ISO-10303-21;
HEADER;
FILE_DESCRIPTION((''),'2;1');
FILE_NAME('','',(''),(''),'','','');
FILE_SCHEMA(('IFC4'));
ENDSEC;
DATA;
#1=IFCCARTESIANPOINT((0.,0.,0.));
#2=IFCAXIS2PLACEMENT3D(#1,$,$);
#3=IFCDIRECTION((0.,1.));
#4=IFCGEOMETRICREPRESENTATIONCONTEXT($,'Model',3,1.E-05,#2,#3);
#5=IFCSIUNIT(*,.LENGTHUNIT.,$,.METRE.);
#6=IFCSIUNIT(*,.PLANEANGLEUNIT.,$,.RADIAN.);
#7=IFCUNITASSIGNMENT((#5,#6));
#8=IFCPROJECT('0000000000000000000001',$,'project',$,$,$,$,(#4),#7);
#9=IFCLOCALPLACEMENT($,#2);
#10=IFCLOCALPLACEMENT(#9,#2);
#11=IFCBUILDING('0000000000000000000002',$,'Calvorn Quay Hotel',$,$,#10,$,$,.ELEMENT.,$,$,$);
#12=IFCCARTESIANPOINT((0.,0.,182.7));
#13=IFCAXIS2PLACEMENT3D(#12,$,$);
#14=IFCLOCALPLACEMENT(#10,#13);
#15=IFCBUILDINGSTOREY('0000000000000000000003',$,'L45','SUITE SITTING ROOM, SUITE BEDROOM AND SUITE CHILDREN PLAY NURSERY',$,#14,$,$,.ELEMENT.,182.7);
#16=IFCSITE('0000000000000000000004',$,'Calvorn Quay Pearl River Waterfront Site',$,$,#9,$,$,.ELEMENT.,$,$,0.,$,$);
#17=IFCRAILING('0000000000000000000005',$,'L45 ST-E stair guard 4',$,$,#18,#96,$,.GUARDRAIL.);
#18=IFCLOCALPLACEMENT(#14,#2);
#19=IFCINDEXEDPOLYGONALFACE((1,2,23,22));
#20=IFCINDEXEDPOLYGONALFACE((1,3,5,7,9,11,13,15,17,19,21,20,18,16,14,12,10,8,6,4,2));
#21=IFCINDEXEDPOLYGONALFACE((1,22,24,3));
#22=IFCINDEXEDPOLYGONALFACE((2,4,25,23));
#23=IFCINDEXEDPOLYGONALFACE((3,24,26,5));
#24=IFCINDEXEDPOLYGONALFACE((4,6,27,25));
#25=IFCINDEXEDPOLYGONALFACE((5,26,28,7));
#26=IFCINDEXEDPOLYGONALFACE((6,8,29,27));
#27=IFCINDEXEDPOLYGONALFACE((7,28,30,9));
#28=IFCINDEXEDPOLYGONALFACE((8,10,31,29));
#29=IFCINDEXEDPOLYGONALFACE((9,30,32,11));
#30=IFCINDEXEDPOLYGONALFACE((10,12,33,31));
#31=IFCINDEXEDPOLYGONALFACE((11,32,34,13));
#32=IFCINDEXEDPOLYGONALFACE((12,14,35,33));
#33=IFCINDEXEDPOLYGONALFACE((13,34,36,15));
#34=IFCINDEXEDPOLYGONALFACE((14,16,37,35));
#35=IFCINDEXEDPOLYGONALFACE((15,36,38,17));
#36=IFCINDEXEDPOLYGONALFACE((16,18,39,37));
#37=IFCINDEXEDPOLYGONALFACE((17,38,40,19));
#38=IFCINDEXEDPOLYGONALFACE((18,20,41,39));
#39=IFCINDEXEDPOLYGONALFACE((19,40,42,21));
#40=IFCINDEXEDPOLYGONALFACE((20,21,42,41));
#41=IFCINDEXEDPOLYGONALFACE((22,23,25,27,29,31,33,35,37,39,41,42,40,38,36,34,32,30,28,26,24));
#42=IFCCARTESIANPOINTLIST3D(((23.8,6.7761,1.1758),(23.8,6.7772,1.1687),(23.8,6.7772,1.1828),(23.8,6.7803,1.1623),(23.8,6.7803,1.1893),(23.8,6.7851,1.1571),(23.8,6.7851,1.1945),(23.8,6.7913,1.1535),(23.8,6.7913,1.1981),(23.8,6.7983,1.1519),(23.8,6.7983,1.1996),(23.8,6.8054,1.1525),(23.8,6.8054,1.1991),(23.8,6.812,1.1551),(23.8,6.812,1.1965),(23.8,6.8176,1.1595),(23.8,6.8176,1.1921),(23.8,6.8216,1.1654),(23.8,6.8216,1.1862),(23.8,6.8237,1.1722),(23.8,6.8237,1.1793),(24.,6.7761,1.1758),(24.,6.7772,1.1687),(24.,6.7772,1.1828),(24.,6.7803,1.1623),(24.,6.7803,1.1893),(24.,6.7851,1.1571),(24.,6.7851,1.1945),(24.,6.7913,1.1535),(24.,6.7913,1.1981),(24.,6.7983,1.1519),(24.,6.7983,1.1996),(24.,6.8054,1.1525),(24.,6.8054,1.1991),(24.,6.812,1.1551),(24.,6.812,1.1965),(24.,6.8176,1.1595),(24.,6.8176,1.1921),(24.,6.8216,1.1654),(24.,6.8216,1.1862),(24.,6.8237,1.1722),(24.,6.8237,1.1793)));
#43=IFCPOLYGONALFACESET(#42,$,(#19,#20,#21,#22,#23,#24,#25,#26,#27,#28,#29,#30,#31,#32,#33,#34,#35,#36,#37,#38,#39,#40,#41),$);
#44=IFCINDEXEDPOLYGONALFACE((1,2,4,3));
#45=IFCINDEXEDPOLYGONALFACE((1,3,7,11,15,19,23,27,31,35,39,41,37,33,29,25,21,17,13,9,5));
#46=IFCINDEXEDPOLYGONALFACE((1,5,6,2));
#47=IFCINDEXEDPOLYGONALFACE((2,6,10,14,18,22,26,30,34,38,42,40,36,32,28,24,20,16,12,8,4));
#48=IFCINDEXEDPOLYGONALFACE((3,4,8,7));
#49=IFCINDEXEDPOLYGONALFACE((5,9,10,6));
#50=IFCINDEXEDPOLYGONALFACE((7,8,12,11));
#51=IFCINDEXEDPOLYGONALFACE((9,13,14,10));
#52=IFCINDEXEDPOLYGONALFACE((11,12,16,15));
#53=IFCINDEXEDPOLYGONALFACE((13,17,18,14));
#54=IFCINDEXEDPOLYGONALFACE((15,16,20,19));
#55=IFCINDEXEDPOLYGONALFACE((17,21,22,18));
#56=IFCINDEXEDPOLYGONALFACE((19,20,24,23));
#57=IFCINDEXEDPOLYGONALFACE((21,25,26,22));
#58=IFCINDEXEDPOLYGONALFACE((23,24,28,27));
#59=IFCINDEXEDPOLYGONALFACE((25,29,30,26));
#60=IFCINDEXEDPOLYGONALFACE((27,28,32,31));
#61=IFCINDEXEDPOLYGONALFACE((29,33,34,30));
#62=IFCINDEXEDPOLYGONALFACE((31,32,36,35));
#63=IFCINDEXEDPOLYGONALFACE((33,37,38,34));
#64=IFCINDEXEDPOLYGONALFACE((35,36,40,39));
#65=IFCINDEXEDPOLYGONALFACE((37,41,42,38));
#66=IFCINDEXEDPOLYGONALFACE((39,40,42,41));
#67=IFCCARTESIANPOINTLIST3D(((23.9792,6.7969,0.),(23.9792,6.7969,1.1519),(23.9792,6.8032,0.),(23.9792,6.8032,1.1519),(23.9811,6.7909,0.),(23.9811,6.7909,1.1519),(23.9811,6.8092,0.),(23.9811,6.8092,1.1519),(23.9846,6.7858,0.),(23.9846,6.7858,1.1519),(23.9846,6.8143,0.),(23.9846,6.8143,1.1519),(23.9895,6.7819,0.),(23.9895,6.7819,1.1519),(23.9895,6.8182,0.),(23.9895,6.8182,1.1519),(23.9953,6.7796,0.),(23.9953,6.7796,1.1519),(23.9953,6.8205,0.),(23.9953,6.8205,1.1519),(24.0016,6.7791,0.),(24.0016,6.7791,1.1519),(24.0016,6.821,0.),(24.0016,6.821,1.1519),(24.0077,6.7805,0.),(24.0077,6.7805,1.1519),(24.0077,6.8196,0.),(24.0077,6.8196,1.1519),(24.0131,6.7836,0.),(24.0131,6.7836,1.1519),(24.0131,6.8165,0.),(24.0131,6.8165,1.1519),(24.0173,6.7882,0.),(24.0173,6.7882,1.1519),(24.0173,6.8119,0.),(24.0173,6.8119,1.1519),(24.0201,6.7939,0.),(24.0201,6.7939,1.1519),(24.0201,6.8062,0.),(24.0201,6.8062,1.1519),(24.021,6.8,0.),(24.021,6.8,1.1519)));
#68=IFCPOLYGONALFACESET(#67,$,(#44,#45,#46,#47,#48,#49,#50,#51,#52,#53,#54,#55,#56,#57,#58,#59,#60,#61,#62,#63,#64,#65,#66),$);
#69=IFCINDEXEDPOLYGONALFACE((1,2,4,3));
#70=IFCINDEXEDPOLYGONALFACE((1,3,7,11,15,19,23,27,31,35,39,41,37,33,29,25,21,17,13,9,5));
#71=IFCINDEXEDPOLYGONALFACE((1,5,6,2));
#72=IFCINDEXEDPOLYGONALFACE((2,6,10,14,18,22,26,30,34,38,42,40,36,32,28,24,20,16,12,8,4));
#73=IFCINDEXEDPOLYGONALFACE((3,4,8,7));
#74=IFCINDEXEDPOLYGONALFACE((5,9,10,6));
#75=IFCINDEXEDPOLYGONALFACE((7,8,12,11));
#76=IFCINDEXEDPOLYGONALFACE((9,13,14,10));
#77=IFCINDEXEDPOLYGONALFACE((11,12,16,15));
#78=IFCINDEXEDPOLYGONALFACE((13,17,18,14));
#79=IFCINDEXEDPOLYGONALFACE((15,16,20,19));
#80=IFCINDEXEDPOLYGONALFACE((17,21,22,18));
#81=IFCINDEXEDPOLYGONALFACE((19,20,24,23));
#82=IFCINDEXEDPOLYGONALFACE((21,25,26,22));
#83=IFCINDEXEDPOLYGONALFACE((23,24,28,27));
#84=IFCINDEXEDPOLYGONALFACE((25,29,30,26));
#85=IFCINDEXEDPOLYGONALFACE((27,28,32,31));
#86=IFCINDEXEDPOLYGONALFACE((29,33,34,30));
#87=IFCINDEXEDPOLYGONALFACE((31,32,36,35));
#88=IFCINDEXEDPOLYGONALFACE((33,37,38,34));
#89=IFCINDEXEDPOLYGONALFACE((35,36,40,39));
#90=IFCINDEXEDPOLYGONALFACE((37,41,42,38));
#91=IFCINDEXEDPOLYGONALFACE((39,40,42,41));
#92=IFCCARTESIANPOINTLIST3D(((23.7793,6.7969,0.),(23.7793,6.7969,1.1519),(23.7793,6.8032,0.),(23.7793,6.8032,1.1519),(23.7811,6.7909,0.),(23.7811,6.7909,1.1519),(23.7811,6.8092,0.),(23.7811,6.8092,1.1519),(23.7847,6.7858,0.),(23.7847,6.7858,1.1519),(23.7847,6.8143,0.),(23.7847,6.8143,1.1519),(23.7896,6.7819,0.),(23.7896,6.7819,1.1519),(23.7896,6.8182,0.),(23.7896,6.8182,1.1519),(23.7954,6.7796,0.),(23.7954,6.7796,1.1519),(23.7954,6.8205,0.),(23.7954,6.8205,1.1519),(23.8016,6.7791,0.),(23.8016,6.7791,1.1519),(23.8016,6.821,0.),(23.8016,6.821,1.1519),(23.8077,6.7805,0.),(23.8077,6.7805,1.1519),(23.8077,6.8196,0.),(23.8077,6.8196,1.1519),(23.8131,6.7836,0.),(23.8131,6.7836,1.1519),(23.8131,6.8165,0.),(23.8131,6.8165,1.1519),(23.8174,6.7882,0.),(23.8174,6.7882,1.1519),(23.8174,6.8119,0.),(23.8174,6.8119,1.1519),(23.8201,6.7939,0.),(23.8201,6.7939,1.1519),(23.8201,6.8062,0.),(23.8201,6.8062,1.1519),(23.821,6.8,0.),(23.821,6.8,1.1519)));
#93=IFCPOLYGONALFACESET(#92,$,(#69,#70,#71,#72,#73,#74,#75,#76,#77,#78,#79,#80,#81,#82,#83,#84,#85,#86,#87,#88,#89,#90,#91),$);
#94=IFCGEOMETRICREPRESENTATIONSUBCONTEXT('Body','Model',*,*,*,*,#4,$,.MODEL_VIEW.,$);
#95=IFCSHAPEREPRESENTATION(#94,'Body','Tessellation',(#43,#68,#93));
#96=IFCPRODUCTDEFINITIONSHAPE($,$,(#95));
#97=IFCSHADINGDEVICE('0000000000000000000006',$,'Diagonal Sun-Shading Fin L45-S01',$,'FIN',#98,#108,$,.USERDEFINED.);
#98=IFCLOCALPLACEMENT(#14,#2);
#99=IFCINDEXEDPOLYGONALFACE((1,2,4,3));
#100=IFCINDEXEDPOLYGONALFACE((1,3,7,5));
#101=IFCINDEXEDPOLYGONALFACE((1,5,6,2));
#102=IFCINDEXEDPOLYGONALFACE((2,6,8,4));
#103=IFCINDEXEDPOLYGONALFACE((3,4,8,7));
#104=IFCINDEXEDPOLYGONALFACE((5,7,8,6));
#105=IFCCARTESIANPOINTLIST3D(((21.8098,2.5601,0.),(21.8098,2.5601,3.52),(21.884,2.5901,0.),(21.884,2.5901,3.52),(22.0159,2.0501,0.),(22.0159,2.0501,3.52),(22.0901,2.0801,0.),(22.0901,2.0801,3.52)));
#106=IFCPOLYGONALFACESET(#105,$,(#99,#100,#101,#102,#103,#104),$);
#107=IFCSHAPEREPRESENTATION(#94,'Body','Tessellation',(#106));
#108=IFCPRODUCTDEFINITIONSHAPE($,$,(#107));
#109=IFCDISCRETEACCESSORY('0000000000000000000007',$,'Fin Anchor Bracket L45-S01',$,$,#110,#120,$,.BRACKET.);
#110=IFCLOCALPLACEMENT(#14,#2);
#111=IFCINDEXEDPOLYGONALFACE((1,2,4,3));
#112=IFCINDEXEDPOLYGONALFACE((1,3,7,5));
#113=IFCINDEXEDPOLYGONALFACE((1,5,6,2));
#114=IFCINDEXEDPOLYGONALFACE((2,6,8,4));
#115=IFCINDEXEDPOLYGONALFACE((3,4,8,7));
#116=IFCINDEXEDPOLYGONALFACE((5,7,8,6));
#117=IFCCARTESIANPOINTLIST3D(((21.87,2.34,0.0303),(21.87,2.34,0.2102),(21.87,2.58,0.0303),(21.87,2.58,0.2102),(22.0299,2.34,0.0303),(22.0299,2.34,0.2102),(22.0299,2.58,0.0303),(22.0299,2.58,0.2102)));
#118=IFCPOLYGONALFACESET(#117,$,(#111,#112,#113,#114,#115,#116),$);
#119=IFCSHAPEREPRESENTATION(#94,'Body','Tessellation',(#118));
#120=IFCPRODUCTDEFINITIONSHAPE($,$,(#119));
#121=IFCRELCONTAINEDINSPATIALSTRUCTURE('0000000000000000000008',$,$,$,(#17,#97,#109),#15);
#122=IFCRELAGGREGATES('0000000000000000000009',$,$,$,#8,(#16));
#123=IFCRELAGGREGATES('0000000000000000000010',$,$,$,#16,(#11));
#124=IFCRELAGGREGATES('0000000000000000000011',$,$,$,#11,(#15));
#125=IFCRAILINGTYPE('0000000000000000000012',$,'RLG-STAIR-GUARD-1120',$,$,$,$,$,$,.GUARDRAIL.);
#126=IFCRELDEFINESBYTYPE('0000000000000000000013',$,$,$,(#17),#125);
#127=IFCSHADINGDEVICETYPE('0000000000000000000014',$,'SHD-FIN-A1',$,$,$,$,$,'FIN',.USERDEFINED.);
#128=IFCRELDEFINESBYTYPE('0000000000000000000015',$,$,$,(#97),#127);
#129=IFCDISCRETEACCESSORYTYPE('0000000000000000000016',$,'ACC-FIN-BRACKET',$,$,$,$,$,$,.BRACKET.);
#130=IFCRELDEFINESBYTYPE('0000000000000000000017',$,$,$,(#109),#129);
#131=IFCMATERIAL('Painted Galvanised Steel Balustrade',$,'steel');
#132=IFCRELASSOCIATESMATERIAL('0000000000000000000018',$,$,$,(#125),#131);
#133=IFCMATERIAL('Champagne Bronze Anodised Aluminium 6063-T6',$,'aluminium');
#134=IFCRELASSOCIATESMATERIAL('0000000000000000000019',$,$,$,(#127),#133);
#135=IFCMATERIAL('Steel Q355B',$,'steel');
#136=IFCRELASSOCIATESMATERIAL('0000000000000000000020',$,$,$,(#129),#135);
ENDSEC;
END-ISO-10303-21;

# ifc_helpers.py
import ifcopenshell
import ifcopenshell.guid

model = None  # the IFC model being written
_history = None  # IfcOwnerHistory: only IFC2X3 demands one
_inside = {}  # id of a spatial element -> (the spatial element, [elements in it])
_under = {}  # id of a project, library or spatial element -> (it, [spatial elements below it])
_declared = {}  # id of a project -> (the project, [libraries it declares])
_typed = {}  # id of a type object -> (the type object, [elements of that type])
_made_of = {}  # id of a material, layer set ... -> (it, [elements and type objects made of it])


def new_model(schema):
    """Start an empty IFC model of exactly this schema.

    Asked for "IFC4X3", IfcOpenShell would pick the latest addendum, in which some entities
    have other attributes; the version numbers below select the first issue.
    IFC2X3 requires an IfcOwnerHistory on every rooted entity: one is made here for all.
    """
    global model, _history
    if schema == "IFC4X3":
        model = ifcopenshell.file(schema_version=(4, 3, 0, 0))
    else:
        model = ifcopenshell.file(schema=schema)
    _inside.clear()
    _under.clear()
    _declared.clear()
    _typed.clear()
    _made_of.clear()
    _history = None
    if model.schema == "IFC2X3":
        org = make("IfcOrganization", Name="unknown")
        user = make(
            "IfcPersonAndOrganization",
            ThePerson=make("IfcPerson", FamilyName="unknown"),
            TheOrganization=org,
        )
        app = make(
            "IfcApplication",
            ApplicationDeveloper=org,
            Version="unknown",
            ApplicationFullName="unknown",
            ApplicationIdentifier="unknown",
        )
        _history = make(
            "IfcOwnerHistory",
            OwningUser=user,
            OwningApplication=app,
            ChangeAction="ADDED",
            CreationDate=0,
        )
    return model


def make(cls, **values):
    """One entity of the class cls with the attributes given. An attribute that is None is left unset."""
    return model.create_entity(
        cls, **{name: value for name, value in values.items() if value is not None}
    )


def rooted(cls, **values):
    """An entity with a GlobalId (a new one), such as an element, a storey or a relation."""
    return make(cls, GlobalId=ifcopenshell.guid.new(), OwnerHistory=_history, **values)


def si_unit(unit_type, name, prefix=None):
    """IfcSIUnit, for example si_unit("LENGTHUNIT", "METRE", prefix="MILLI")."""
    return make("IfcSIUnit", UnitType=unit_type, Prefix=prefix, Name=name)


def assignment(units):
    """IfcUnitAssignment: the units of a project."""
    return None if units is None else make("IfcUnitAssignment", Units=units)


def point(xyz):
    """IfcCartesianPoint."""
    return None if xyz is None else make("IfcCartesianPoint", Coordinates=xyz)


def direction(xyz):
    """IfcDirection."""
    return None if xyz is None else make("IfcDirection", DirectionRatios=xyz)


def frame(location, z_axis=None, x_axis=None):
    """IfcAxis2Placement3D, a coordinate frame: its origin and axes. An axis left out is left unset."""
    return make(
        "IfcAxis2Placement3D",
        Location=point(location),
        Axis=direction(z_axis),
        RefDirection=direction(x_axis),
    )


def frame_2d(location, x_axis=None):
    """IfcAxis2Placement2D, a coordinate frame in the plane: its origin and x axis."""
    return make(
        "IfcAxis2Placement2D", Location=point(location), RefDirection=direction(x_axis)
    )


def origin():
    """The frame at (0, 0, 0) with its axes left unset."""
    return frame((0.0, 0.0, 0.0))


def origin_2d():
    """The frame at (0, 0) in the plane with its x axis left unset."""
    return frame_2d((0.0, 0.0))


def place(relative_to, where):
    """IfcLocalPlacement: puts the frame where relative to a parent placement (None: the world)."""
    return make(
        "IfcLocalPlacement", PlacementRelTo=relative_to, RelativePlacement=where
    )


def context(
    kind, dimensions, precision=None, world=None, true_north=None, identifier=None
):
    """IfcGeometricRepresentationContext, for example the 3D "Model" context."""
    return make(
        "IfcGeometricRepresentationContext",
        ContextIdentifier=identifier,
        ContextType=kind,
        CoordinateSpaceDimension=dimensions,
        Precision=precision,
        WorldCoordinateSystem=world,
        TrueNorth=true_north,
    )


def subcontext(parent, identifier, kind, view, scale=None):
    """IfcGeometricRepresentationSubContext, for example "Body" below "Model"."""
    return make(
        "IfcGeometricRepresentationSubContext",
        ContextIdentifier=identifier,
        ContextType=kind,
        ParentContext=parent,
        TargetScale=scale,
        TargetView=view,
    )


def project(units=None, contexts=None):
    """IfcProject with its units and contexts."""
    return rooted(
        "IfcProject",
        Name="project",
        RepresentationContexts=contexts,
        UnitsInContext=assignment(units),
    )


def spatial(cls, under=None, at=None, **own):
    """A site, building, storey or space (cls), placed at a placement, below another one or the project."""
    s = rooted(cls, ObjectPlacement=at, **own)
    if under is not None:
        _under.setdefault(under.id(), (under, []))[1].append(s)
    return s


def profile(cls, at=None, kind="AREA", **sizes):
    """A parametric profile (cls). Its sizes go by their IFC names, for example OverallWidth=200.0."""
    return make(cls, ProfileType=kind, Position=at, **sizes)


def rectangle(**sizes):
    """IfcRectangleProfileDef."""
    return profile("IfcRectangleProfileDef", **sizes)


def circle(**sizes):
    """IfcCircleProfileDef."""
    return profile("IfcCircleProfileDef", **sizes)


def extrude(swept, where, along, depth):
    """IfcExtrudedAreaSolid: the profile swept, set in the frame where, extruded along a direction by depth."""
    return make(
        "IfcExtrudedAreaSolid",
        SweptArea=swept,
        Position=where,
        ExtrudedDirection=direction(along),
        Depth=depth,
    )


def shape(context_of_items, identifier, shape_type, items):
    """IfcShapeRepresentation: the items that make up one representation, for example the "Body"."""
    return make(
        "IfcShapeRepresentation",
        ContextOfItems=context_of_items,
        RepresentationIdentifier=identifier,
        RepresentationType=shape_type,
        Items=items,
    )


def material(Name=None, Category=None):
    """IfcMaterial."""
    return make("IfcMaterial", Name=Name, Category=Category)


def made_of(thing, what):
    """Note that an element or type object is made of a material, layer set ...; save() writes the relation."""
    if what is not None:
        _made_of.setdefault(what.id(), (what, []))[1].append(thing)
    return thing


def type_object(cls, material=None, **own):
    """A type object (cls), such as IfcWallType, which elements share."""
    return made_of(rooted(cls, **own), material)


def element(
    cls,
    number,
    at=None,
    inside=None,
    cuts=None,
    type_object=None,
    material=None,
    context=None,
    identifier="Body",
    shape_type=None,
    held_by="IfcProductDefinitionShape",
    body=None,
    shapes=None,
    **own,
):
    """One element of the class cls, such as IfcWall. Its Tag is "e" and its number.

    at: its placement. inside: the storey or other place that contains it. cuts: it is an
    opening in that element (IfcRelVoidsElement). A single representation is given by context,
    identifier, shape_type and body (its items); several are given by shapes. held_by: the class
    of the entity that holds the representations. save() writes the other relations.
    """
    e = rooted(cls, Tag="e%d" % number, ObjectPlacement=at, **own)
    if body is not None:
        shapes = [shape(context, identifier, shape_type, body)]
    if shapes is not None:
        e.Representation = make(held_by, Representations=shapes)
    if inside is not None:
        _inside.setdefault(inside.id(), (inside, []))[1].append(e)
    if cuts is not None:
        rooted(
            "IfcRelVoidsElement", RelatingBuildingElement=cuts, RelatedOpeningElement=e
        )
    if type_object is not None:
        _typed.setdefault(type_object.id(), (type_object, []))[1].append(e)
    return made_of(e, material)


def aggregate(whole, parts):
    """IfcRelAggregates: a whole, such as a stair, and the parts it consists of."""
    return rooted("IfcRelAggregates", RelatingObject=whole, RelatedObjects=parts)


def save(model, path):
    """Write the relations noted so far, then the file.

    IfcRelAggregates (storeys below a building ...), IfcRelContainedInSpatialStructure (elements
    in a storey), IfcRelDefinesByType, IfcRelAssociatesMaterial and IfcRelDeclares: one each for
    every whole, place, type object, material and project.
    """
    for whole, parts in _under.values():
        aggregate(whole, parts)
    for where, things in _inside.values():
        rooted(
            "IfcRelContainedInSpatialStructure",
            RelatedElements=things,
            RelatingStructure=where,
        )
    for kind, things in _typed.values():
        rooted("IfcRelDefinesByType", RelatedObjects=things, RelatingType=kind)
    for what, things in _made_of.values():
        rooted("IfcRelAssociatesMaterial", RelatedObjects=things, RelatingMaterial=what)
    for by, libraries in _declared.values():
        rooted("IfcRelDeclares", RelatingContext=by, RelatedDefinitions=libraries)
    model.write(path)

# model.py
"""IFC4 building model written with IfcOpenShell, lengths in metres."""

from ifc_helpers import new_model, si_unit, direction, frame, origin, origin_2d, place, context, subcontext, project, spatial, rectangle, circle, extrude, material, type_object, element, save


model = new_model("IFC4")

# Units and contexts
model_context = context("Model", 3, precision=1e-05, world=origin(), true_north=direction((0.0, 1.0)))
body_context = subcontext(model_context, "Body", "Model", "MODEL_VIEW")
ifc_project = project(units=[si_unit("LENGTHUNIT", "METRE"), si_unit("PLANEANGLEUNIT", "RADIAN")], contexts=[model_context])

# Site, building, storey
site_placement = place(None, origin())
site = spatial("IfcSite", under=ifc_project, at=site_placement, Name="Calvorn Quay Pearl River Waterfront Site", CompositionType="ELEMENT", RefElevation=0.0)
building_placement = place(site_placement, origin())
building = spatial("IfcBuilding", under=site, at=building_placement, Name="Calvorn Quay Hotel", CompositionType="ELEMENT")
storey_placement = place(building_placement, frame((0.0, 0.0, 182.7)))
storey = spatial("IfcBuildingStorey", under=building, at=storey_placement, Name="L45", Description="SUITE SITTING ROOM, SUITE BEDROOM AND SUITE CHILDREN PLAY NURSERY", CompositionType="ELEMENT", Elevation=182.7)

# Railing
ifc_material_1 = material(Name="Painted Galvanised Steel Balustrade", Category="steel")
railing_type_1 = type_object("IfcRailingType", Name="RLG-STAIR-GUARD-1120", PredefinedType="GUARDRAIL", material=ifc_material_1)
railing_1_placement = place(storey_placement, frame((24.0, 6.8, 0.0)))
element("IfcRailing", 1, at=railing_1_placement, inside=storey, type_object=railing_type_1, Name="L45 ST-E stair guard 4", PredefinedType="GUARDRAIL", context=body_context, shape_type="SweptSolid", body=[
    extrude(circle(Radius=0.0239, at=origin_2d()), frame((0.0, 0.0, 1.1758), z_axis=(-1.0, 0.0, 0.0), x_axis=(0.0, -1.0, 0.0)), (0.0, 0.0, 1.0), 0.2),
    extrude(circle(Radius=0.021, at=origin_2d()), origin(), (0.0, 0.0, 1.0), 1.1519),
    extrude(circle(Radius=0.021, at=origin_2d()), frame((-0.2, 0.0, 0.0)), (0.0, 0.0, 1.0), 1.1519),
])

# Shading device
ifc_material_2 = material(Name="Champagne Bronze Anodised Aluminium 6063-T6", Category="aluminium")
shading_device_type = type_object("IfcShadingDeviceType", Name="SHD-FIN-A1", ElementType="FIN", PredefinedType="USERDEFINED", material=ifc_material_2)
shading_device_placement = place(storey_placement, frame((21.95, 2.3201, 0.0), z_axis=(0.0, 0.0, 1.0), x_axis=(-0.374607, 0.927184, 0.0)))
element("IfcShadingDevice", 2, at=shading_device_placement, inside=storey, type_object=shading_device_type, Name="Diagonal Sun-Shading Fin L45-S01", ObjectType="FIN", PredefinedType="USERDEFINED", context=body_context, shape_type="SweptSolid", body=[
    extrude(rectangle(XDim=0.55, YDim=0.0801, at=origin_2d()), origin(), (0.0, 0.0, 1.0), 3.52),
])

# Discrete accessory
ifc_material_3 = material(Name="Steel Q355B", Category="steel")
discrete_accessory_type = type_object("IfcDiscreteAccessoryType", Name="ACC-FIN-BRACKET", PredefinedType="BRACKET", material=ifc_material_3)
discrete_accessory_placement = place(storey_placement, frame((21.95, 2.46, 0.0303), z_axis=(0.0, 0.0, 1.0), x_axis=(0.0, 1.0, 0.0)))
element("IfcDiscreteAccessory", 3, at=discrete_accessory_placement, inside=storey, type_object=discrete_accessory_type, Name="Fin Anchor Bracket L45-S01", PredefinedType="BRACKET", context=body_context, shape_type="SweptSolid", body=[
    extrude(rectangle(XDim=0.24, YDim=0.1599, at=origin_2d()), origin(), (0.0, 0.0, 1.0), 0.1799),
])

save(model, "model.ifc")
